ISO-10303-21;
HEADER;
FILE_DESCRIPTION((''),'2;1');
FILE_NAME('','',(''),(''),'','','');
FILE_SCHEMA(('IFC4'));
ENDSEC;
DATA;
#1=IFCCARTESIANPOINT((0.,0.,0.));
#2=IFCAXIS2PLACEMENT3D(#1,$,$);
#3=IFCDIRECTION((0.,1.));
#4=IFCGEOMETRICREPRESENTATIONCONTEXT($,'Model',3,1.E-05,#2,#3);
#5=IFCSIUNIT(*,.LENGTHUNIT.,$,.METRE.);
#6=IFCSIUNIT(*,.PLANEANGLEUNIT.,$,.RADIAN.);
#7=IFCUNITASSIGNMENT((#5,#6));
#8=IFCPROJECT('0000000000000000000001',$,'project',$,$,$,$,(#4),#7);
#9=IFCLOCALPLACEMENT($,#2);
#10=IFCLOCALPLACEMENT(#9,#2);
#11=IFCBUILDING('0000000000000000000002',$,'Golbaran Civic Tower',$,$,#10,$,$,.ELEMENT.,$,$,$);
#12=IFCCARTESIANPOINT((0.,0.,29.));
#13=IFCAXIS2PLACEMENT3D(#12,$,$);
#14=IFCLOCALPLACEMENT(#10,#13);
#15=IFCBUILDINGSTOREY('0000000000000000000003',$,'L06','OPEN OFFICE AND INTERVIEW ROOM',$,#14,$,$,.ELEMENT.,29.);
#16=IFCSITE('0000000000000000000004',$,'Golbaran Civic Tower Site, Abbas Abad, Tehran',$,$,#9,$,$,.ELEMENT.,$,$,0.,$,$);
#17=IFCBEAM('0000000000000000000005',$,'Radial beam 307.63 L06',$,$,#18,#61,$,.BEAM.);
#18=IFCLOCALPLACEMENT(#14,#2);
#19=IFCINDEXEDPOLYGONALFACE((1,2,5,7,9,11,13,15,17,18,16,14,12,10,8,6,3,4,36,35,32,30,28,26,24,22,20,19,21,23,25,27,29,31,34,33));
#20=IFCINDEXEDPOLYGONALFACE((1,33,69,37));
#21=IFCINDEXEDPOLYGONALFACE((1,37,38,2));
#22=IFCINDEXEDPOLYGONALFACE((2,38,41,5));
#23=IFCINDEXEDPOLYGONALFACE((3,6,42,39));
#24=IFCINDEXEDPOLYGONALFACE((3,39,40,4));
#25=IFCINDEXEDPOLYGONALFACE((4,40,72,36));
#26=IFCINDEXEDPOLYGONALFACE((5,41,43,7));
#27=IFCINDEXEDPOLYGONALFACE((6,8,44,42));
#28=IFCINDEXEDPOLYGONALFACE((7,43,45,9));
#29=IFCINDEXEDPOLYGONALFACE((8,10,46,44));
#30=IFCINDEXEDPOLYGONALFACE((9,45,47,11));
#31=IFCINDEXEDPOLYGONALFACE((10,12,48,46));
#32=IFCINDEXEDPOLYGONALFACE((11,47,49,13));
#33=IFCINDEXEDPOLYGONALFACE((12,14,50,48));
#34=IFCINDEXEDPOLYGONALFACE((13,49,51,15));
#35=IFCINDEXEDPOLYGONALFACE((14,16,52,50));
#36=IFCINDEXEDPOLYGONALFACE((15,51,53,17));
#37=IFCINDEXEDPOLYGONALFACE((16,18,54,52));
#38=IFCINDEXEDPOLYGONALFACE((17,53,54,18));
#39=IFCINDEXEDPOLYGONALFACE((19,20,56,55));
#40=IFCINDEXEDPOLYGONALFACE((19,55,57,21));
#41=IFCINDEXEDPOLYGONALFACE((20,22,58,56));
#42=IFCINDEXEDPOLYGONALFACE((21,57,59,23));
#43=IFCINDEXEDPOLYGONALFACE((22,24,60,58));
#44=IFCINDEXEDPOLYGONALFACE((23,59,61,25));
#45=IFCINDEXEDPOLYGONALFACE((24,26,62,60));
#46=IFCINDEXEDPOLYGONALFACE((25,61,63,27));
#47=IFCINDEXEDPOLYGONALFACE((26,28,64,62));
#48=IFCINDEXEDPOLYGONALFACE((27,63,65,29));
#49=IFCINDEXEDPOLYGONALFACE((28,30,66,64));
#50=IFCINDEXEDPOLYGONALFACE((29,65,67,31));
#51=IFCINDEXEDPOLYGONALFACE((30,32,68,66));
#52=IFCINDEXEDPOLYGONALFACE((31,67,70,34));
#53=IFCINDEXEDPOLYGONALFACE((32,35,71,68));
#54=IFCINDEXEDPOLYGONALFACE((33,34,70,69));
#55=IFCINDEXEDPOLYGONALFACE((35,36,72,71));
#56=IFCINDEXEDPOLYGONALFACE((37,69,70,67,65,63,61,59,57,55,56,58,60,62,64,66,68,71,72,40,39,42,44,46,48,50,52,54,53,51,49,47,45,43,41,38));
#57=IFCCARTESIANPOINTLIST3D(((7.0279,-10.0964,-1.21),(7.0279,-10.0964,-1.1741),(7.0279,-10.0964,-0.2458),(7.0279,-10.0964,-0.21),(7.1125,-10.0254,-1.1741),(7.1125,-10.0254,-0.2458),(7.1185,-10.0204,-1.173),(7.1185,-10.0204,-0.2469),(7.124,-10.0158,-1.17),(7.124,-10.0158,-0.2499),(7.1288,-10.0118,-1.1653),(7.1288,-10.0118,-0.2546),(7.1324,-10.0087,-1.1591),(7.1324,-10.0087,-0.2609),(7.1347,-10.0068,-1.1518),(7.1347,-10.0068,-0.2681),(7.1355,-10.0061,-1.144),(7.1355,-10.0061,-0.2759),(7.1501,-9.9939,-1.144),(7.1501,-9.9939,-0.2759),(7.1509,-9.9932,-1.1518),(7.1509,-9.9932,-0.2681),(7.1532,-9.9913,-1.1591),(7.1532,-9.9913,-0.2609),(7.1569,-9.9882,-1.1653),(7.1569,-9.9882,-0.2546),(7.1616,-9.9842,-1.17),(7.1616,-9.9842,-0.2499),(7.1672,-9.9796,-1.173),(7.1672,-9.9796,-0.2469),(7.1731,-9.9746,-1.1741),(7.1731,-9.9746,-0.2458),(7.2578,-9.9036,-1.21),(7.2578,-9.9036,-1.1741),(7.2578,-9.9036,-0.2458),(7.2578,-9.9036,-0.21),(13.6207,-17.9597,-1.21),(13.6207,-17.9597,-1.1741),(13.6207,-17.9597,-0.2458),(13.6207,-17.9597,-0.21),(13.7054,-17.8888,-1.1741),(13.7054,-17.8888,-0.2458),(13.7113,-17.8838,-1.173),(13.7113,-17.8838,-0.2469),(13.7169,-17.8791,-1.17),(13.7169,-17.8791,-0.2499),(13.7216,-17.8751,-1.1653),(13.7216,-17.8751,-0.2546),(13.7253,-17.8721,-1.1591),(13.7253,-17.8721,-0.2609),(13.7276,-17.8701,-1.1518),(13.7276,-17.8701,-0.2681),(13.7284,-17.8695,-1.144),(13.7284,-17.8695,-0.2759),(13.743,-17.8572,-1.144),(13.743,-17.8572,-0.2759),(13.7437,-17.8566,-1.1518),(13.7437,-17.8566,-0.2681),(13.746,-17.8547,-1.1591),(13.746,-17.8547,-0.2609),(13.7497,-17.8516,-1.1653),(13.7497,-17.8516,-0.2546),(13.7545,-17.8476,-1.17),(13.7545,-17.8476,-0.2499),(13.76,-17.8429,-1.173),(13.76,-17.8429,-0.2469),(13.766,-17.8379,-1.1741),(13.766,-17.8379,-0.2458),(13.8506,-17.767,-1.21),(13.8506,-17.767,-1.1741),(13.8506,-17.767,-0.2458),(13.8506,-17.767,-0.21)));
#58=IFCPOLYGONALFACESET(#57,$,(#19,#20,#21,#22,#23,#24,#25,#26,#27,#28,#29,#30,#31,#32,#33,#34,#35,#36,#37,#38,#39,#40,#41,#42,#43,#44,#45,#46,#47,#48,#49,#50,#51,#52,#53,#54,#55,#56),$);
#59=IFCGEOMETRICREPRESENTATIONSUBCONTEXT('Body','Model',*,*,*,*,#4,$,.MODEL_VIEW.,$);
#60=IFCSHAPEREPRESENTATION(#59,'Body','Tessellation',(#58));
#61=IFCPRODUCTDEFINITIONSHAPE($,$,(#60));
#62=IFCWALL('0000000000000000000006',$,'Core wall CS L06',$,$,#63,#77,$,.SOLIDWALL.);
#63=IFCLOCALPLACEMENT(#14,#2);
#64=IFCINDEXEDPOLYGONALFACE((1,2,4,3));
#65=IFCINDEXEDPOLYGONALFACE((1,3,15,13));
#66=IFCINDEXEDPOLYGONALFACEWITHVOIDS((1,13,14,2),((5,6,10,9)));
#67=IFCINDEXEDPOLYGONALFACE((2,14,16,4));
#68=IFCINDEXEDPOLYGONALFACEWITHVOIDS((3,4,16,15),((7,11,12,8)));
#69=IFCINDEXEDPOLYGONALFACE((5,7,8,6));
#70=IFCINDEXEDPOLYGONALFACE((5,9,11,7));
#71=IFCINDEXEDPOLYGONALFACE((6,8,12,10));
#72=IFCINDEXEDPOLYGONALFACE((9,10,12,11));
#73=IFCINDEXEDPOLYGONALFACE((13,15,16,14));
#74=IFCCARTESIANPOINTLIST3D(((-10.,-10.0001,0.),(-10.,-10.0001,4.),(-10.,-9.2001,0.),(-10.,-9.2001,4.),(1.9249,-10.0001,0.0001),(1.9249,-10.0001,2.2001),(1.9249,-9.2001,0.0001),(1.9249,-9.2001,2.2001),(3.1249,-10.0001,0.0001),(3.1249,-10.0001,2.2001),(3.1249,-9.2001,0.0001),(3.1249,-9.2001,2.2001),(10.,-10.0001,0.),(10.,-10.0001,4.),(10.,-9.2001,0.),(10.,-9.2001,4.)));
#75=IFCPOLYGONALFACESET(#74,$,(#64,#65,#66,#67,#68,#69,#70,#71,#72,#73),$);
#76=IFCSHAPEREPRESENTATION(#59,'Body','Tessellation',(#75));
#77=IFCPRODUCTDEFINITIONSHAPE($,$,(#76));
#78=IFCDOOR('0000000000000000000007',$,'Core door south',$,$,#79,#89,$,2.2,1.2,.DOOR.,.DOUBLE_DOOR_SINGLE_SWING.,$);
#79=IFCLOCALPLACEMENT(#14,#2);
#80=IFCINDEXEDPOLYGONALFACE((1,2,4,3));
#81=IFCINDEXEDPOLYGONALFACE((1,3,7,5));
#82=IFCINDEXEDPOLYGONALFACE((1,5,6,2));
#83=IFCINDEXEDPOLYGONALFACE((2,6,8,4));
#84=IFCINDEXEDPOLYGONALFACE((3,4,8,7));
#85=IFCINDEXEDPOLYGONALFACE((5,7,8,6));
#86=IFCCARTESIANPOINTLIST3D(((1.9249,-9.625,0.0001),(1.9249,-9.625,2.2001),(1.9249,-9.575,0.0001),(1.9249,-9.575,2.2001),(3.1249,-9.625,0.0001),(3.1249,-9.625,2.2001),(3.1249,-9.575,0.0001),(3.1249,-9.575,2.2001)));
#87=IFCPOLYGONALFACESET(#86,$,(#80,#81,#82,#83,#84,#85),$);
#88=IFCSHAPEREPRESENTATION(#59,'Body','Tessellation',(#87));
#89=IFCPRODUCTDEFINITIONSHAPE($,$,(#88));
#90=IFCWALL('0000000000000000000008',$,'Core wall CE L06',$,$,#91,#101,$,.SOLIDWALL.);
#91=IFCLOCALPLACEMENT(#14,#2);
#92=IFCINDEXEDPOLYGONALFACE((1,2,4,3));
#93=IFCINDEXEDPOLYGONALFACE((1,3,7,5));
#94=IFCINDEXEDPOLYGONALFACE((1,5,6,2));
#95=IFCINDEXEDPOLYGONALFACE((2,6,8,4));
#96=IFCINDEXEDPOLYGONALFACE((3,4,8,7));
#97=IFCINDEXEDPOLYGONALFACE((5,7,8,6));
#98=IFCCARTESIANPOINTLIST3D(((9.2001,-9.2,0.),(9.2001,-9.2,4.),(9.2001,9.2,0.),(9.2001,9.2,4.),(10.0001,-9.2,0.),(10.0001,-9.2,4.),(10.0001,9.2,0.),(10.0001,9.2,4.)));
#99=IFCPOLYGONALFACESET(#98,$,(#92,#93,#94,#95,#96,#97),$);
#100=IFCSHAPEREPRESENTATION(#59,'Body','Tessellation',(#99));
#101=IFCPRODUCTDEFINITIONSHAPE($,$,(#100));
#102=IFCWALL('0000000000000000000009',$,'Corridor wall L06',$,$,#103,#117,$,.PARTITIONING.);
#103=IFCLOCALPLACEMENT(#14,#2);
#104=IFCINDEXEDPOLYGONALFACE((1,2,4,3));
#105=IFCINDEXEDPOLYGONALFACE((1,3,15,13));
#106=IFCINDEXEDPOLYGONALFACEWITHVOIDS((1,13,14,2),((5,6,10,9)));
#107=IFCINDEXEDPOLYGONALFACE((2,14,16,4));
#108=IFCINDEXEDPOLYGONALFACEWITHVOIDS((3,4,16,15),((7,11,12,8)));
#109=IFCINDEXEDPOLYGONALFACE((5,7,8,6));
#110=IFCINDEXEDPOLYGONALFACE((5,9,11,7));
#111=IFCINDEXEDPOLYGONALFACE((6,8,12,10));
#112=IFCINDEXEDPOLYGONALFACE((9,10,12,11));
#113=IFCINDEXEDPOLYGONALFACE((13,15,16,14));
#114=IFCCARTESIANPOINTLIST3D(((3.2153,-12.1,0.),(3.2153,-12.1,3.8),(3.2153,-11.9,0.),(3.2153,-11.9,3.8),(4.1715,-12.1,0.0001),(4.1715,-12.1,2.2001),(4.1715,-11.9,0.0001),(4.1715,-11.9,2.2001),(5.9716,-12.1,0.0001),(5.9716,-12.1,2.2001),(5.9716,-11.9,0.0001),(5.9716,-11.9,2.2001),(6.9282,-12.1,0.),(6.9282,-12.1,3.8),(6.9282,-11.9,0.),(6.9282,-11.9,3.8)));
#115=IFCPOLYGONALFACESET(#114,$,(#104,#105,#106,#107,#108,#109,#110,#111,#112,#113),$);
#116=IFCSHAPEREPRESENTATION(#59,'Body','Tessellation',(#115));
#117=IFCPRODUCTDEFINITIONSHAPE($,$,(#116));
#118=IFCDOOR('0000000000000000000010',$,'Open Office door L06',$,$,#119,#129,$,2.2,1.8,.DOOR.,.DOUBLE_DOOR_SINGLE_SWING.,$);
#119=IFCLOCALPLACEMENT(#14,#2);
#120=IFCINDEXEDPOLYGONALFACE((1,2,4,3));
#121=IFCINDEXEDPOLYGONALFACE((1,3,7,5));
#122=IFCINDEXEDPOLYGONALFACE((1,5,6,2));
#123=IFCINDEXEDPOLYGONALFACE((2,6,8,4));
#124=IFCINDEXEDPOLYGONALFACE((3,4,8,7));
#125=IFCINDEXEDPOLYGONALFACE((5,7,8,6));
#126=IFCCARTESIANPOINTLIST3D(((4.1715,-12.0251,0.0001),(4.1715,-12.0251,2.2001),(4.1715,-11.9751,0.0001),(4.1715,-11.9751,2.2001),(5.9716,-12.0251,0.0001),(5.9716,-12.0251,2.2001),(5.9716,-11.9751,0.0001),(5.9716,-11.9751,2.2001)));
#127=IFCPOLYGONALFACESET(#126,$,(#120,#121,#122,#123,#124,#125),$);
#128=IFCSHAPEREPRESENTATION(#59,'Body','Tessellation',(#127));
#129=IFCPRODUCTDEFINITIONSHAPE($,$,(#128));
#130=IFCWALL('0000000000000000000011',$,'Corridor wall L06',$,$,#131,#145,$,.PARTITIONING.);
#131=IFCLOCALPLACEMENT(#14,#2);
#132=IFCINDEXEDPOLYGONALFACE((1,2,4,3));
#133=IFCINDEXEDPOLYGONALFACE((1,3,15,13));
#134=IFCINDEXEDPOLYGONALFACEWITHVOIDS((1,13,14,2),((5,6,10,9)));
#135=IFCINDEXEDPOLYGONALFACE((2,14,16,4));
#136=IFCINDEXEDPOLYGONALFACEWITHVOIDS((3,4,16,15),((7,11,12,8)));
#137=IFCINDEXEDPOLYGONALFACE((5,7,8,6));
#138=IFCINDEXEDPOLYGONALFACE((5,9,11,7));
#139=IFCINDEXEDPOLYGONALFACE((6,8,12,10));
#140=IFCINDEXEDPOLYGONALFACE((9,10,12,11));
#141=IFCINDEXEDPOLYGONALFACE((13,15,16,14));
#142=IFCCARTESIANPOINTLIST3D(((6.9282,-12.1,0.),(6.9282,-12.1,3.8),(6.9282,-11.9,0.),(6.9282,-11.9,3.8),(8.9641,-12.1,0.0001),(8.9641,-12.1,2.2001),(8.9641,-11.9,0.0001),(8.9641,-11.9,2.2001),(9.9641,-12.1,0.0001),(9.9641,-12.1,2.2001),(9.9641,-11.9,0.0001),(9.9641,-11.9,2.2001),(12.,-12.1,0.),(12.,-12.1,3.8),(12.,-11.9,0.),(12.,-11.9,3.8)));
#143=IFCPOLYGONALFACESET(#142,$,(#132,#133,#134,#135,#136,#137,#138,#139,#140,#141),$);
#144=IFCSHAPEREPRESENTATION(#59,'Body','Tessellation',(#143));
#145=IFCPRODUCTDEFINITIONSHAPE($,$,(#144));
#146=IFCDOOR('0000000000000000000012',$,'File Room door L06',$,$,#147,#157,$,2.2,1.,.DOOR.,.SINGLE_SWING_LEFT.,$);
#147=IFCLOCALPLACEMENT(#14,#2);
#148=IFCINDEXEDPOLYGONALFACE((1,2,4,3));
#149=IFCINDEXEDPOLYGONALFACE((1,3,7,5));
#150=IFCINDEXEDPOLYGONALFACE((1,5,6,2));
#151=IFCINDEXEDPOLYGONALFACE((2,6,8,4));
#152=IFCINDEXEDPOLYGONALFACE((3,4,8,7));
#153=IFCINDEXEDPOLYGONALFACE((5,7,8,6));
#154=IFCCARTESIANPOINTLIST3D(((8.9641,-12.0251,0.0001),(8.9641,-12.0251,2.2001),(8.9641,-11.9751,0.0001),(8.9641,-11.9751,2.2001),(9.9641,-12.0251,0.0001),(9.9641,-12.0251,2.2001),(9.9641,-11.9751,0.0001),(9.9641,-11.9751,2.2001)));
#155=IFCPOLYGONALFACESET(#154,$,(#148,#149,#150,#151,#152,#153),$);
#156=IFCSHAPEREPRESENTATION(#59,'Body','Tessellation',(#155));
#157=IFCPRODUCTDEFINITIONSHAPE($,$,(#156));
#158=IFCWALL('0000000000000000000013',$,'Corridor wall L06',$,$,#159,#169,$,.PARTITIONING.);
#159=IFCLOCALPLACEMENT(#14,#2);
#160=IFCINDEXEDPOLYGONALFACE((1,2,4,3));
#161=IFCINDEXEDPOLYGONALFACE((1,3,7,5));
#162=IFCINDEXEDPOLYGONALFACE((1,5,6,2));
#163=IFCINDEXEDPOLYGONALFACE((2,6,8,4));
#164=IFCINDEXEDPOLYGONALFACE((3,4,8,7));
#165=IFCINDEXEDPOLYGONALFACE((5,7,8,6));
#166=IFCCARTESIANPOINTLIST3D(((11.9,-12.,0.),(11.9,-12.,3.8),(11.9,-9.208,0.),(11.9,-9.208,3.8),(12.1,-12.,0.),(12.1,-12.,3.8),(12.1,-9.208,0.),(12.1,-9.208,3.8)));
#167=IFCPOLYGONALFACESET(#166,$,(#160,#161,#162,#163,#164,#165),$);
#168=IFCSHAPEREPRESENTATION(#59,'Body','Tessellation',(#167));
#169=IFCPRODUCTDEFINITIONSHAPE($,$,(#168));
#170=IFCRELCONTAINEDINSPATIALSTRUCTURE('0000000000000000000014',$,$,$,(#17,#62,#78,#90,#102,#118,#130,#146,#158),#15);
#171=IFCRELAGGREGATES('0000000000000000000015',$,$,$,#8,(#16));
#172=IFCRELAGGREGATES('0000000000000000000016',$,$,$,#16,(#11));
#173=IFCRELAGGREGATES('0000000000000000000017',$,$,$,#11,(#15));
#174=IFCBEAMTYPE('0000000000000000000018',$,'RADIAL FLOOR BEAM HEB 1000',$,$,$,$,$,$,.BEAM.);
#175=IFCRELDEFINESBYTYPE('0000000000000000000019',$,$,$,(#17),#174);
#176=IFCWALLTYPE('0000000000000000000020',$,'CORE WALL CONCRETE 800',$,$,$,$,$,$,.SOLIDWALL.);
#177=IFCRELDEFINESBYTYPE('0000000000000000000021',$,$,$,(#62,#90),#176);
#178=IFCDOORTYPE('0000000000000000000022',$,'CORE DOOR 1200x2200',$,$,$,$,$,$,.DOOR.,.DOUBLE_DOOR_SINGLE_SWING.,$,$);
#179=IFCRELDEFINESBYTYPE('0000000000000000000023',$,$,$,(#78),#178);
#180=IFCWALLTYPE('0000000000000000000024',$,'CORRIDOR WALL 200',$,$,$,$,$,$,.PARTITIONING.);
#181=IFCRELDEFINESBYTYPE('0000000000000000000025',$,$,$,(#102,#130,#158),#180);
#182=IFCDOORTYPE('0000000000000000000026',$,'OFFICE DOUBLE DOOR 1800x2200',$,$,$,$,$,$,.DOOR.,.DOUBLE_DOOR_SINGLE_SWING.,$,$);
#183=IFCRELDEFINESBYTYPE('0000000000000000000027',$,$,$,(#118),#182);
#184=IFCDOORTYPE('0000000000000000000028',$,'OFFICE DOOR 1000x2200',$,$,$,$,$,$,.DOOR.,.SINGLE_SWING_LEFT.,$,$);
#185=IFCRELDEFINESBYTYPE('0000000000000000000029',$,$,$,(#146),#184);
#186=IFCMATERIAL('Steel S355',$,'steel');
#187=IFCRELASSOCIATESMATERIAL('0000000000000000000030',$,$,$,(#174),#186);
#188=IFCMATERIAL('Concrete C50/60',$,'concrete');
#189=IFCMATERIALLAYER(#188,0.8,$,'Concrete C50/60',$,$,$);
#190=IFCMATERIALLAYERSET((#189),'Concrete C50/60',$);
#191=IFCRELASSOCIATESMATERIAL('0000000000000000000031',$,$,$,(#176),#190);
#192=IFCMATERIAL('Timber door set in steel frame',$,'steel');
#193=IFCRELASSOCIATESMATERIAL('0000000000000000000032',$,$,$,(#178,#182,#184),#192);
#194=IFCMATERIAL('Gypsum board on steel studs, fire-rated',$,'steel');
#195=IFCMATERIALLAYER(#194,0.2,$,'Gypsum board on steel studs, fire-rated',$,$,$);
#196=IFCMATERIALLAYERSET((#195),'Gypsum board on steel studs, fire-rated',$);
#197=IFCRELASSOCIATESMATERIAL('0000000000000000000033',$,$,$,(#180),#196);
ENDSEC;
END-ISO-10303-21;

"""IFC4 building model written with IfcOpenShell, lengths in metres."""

from ifc_helpers import new_model, si_unit, direction, frame, frame_2d, origin, origin_2d, place, context, subcontext, project, spatial, rectangle, i_section, extrude, material, layer, layer_set, material_profile, profile_set, type_object, element, fill, save


model = new_model("IFC4")

# Units and contexts
model_context = context("Model", 3, precision=1e-05, world=origin(), true_north=direction((0.0, 1.0)))
body_context = subcontext(model_context, "Body", "Model", "MODEL_VIEW")
ifc_project = project(units=[si_unit("LENGTHUNIT", "METRE"), si_unit("PLANEANGLEUNIT", "RADIAN")], contexts=[model_context])

# Site, building, storey
site_placement = place(None, origin())
site = spatial("IfcSite", under=ifc_project, at=site_placement, Name="Golbaran Civic Tower Site, Abbas Abad, Tehran", CompositionType="ELEMENT", RefElevation=0.0)
building_placement = place(site_placement, origin())
building = spatial("IfcBuilding", under=site, at=building_placement, Name="Golbaran Civic Tower", CompositionType="ELEMENT")
storey_placement = place(building_placement, frame((0.0, 0.0, 29.0)))
storey = spatial("IfcBuildingStorey", under=building, at=storey_placement, Name="L06", Description="OPEN OFFICE AND INTERVIEW ROOM", CompositionType="ELEMENT", Elevation=29.0)

# Beam
ifc_material_1 = material(Name="Steel S355", Category="steel")
ifc_material_profile_1 = material_profile(ifc_material_1, i_section(OverallWidth=0.3, OverallDepth=1.0, WebThickness=0.019, FlangeThickness=0.0359, FilletRadius=0.03, at=origin_2d()), Name="HEB 1000")
ifc_profile_set_1 = profile_set([ifc_material_profile_1], Name="Steel S355")
beam_type_1 = type_object("IfcBeamType", Name="RADIAL FLOOR BEAM HEB 1000", PredefinedType="BEAM", material=ifc_profile_set_1)
beam_1_placement = place(storey_placement, frame((7.1428, -10.0, -0.71), z_axis=(0.642484, -0.766299, 0.0), x_axis=(0.766299, 0.642484, 0.0)))
element("IfcBeam", 1, at=beam_1_placement, inside=storey, type_object=beam_type_1, Name="Radial beam 307.63 L06", PredefinedType="BEAM", context=body_context, shape_type="SweptSolid", body=[
    extrude(i_section(OverallWidth=0.3, OverallDepth=1.0, WebThickness=0.019, FlangeThickness=0.0359, FilletRadius=0.03, at=origin_2d()), origin(), (0.0, 0.0, 1.0), 10.2615),
])

# Wall, opening, door
ifc_material_2 = material(Name="Concrete C50/60", Category="concrete")
ifc_layer_1 = layer(ifc_material_2, 0.8, Name="Concrete C50/60")
ifc_layer_set_1 = layer_set([ifc_layer_1], Name="Concrete C50/60")
wall_type_1 = type_object("IfcWallType", Name="CORE WALL CONCRETE 800", PredefinedType="SOLIDWALL", material=ifc_layer_set_1)
wall_1_placement = place(storey_placement, frame((10.0, -9.6001, 0.0), z_axis=(0.0, 0.0, 1.0), x_axis=(-1.0, 0.0, 0.0)))
wall_1 = element("IfcWall", 2, at=wall_1_placement, inside=storey, type_object=wall_type_1, Name="Core wall CS L06", PredefinedType="SOLIDWALL", context=body_context, shape_type="SweptSolid", body=[
    extrude(rectangle(XDim=20.0, YDim=0.8, at=frame_2d((10.0, 0.0))), origin(), (0.0, 0.0, 1.0), 4.0),
])
opening_1_placement = place(wall_1_placement, frame((6.875, 0.0, 0.0)))
opening_1 = element("IfcOpeningElement", 3, at=opening_1_placement, cuts=wall_1, PredefinedType="OPENING", context=body_context, shape_type="SweptSolid", body=[
    extrude(rectangle(XDim=1.2, YDim=2.2, at=frame_2d((0.6001, 1.1001))), frame((0.0, 0.4099, 0.0), z_axis=(0.0, -1.0, 0.0), x_axis=(1.0, 0.0, 0.0)), (0.0, 0.0, 1.0), 0.8201),
])
ifc_material_3 = material(Name="Timber door set in steel frame", Category="steel")
door_type_1 = type_object("IfcDoorType", Name="CORE DOOR 1200x2200", OperationType="DOUBLE_DOOR_SINGLE_SWING", PredefinedType="DOOR", material=ifc_material_3)
door_1_placement = place(opening_1_placement, origin())
door_1 = element("IfcDoor", 4, at=door_1_placement, inside=storey, type_object=door_type_1, Name="Core door south", OperationType="DOUBLE_DOOR_SINGLE_SWING", OverallHeight=2.2, OverallWidth=1.2, PredefinedType="DOOR", context=body_context, shape_type="SweptSolid", body=[
    extrude(rectangle(XDim=1.2, YDim=2.2, at=frame_2d((0.6001, 1.1001))), frame((0.0, 0.0249, 0.0), z_axis=(0.0, -1.0, 0.0), x_axis=(1.0, 0.0, 0.0)), (0.0, 0.0, 1.0), 0.05),
])
fill(opening_1, door_1)

# Wall
wall_2_placement = place(storey_placement, frame((9.6001, -9.2, 0.0), z_axis=(0.0, 0.0, 1.0), x_axis=(0.0, 1.0, 0.0)))
element("IfcWall", 5, at=wall_2_placement, inside=storey, type_object=wall_type_1, Name="Core wall CE L06", PredefinedType="SOLIDWALL", context=body_context, shape_type="SweptSolid", body=[
    extrude(rectangle(XDim=18.3999, YDim=0.8, at=frame_2d((9.2, 0.0))), origin(), (0.0, 0.0, 1.0), 4.0),
])

# Walls, openings, doors
ifc_material_4 = material(Name="Gypsum board on steel studs, fire-rated", Category="steel")
ifc_layer_2 = layer(ifc_material_4, 0.2, Name="Gypsum board on steel studs, fire-rated")
ifc_layer_set_2 = layer_set([ifc_layer_2], Name="Gypsum board on steel studs, fire-rated")
wall_type_2 = type_object("IfcWallType", Name="CORRIDOR WALL 200", PredefinedType="PARTITIONING", material=ifc_layer_set_2)
wall_3_placement = place(storey_placement, frame((3.2153, -12.0, 0.0), z_axis=(0.0, 0.0, 1.0), x_axis=(1.0, 0.0, 0.0)))
wall_3 = element("IfcWall", 6, at=wall_3_placement, inside=storey, type_object=wall_type_2, Name="Corridor wall L06", PredefinedType="PARTITIONING", context=body_context, shape_type="SweptSolid", body=[
    extrude(rectangle(XDim=3.7129, YDim=0.2, at=frame_2d((1.8564, 0.0))), origin(), (0.0, 0.0, 1.0), 3.8),
])
opening_2_placement = place(wall_3_placement, frame((0.9563, 0.0, 0.0)))
opening_2 = element("IfcOpeningElement", 7, at=opening_2_placement, cuts=wall_3, PredefinedType="OPENING", context=body_context, shape_type="SweptSolid", body=[
    extrude(rectangle(XDim=1.8, YDim=2.2, at=frame_2d((0.8999, 1.1001))), frame((0.0, 0.1099, 0.0), z_axis=(0.0, -1.0, 0.0), x_axis=(1.0, 0.0, 0.0)), (0.0, 0.0, 1.0), 0.22),
])
door_type_2 = type_object("IfcDoorType", Name="OFFICE DOUBLE DOOR 1800x2200", OperationType="DOUBLE_DOOR_SINGLE_SWING", PredefinedType="DOOR", material=ifc_material_3)
door_2_placement = place(opening_2_placement, origin())
door_2 = element("IfcDoor", 8, at=door_2_placement, inside=storey, type_object=door_type_2, Name="Open Office door L06", OperationType="DOUBLE_DOOR_SINGLE_SWING", OverallHeight=2.2, OverallWidth=1.8, PredefinedType="DOOR", context=body_context, shape_type="SweptSolid", body=[
    extrude(rectangle(XDim=1.8, YDim=2.2, at=frame_2d((0.8999, 1.1001))), frame((0.0, 0.0249, 0.0), z_axis=(0.0, -1.0, 0.0), x_axis=(1.0, 0.0, 0.0)), (0.0, 0.0, 1.0), 0.05),
])
fill(opening_2, door_2)
wall_4_placement = place(storey_placement, frame((6.9282, -12.0, 0.0), z_axis=(0.0, 0.0, 1.0), x_axis=(1.0, 0.0, 0.0)))
wall_4 = element("IfcWall", 9, at=wall_4_placement, inside=storey, type_object=wall_type_2, Name="Corridor wall L06", PredefinedType="PARTITIONING", context=body_context, shape_type="SweptSolid", body=[
    extrude(rectangle(XDim=5.0718, YDim=0.2, at=frame_2d((2.5359, 0.0))), origin(), (0.0, 0.0, 1.0), 3.8),
])
opening_3_placement = place(wall_4_placement, frame((2.0359, 0.0, 0.0)))
opening_3 = element("IfcOpeningElement", 10, at=opening_3_placement, cuts=wall_4, PredefinedType="OPENING", context=body_context, shape_type="SweptSolid", body=[
    extrude(rectangle(XDim=1.0, YDim=2.2, at=frame_2d((0.5, 1.1001))), frame((0.0, 0.1099, 0.0), z_axis=(0.0, -1.0, 0.0), x_axis=(1.0, 0.0, 0.0)), (0.0, 0.0, 1.0), 0.22),
])
door_type_3 = type_object("IfcDoorType", Name="OFFICE DOOR 1000x2200", OperationType="SINGLE_SWING_LEFT", PredefinedType="DOOR", material=ifc_material_3)
door_3_placement = place(opening_3_placement, origin())
door_3 = element("IfcDoor", 11, at=door_3_placement, inside=storey, type_object=door_type_3, Name="File Room door L06", OperationType="SINGLE_SWING_LEFT", OverallHeight=2.2, OverallWidth=1.0, PredefinedType="DOOR", context=body_context, shape_type="SweptSolid", body=[
    extrude(rectangle(XDim=1.0, YDim=2.2, at=frame_2d((0.5, 1.1001))), frame((0.0, 0.0249, 0.0), z_axis=(0.0, -1.0, 0.0), x_axis=(1.0, 0.0, 0.0)), (0.0, 0.0, 1.0), 0.05),
])
fill(opening_3, door_3)

# Wall
wall_5_placement = place(storey_placement, frame((12.0, -12.0, 0.0), z_axis=(0.0, 0.0, 1.0), x_axis=(0.0, 1.0, 0.0)))
element("IfcWall", 12, at=wall_5_placement, inside=storey, type_object=wall_type_2, Name="Corridor wall L06", PredefinedType="PARTITIONING", context=body_context, shape_type="SweptSolid", body=[
    extrude(rectangle(XDim=2.792, YDim=0.2, at=frame_2d((1.396, 0.0))), origin(), (0.0, 0.0, 1.0), 3.8),
])

save(model, "model.ifc")
